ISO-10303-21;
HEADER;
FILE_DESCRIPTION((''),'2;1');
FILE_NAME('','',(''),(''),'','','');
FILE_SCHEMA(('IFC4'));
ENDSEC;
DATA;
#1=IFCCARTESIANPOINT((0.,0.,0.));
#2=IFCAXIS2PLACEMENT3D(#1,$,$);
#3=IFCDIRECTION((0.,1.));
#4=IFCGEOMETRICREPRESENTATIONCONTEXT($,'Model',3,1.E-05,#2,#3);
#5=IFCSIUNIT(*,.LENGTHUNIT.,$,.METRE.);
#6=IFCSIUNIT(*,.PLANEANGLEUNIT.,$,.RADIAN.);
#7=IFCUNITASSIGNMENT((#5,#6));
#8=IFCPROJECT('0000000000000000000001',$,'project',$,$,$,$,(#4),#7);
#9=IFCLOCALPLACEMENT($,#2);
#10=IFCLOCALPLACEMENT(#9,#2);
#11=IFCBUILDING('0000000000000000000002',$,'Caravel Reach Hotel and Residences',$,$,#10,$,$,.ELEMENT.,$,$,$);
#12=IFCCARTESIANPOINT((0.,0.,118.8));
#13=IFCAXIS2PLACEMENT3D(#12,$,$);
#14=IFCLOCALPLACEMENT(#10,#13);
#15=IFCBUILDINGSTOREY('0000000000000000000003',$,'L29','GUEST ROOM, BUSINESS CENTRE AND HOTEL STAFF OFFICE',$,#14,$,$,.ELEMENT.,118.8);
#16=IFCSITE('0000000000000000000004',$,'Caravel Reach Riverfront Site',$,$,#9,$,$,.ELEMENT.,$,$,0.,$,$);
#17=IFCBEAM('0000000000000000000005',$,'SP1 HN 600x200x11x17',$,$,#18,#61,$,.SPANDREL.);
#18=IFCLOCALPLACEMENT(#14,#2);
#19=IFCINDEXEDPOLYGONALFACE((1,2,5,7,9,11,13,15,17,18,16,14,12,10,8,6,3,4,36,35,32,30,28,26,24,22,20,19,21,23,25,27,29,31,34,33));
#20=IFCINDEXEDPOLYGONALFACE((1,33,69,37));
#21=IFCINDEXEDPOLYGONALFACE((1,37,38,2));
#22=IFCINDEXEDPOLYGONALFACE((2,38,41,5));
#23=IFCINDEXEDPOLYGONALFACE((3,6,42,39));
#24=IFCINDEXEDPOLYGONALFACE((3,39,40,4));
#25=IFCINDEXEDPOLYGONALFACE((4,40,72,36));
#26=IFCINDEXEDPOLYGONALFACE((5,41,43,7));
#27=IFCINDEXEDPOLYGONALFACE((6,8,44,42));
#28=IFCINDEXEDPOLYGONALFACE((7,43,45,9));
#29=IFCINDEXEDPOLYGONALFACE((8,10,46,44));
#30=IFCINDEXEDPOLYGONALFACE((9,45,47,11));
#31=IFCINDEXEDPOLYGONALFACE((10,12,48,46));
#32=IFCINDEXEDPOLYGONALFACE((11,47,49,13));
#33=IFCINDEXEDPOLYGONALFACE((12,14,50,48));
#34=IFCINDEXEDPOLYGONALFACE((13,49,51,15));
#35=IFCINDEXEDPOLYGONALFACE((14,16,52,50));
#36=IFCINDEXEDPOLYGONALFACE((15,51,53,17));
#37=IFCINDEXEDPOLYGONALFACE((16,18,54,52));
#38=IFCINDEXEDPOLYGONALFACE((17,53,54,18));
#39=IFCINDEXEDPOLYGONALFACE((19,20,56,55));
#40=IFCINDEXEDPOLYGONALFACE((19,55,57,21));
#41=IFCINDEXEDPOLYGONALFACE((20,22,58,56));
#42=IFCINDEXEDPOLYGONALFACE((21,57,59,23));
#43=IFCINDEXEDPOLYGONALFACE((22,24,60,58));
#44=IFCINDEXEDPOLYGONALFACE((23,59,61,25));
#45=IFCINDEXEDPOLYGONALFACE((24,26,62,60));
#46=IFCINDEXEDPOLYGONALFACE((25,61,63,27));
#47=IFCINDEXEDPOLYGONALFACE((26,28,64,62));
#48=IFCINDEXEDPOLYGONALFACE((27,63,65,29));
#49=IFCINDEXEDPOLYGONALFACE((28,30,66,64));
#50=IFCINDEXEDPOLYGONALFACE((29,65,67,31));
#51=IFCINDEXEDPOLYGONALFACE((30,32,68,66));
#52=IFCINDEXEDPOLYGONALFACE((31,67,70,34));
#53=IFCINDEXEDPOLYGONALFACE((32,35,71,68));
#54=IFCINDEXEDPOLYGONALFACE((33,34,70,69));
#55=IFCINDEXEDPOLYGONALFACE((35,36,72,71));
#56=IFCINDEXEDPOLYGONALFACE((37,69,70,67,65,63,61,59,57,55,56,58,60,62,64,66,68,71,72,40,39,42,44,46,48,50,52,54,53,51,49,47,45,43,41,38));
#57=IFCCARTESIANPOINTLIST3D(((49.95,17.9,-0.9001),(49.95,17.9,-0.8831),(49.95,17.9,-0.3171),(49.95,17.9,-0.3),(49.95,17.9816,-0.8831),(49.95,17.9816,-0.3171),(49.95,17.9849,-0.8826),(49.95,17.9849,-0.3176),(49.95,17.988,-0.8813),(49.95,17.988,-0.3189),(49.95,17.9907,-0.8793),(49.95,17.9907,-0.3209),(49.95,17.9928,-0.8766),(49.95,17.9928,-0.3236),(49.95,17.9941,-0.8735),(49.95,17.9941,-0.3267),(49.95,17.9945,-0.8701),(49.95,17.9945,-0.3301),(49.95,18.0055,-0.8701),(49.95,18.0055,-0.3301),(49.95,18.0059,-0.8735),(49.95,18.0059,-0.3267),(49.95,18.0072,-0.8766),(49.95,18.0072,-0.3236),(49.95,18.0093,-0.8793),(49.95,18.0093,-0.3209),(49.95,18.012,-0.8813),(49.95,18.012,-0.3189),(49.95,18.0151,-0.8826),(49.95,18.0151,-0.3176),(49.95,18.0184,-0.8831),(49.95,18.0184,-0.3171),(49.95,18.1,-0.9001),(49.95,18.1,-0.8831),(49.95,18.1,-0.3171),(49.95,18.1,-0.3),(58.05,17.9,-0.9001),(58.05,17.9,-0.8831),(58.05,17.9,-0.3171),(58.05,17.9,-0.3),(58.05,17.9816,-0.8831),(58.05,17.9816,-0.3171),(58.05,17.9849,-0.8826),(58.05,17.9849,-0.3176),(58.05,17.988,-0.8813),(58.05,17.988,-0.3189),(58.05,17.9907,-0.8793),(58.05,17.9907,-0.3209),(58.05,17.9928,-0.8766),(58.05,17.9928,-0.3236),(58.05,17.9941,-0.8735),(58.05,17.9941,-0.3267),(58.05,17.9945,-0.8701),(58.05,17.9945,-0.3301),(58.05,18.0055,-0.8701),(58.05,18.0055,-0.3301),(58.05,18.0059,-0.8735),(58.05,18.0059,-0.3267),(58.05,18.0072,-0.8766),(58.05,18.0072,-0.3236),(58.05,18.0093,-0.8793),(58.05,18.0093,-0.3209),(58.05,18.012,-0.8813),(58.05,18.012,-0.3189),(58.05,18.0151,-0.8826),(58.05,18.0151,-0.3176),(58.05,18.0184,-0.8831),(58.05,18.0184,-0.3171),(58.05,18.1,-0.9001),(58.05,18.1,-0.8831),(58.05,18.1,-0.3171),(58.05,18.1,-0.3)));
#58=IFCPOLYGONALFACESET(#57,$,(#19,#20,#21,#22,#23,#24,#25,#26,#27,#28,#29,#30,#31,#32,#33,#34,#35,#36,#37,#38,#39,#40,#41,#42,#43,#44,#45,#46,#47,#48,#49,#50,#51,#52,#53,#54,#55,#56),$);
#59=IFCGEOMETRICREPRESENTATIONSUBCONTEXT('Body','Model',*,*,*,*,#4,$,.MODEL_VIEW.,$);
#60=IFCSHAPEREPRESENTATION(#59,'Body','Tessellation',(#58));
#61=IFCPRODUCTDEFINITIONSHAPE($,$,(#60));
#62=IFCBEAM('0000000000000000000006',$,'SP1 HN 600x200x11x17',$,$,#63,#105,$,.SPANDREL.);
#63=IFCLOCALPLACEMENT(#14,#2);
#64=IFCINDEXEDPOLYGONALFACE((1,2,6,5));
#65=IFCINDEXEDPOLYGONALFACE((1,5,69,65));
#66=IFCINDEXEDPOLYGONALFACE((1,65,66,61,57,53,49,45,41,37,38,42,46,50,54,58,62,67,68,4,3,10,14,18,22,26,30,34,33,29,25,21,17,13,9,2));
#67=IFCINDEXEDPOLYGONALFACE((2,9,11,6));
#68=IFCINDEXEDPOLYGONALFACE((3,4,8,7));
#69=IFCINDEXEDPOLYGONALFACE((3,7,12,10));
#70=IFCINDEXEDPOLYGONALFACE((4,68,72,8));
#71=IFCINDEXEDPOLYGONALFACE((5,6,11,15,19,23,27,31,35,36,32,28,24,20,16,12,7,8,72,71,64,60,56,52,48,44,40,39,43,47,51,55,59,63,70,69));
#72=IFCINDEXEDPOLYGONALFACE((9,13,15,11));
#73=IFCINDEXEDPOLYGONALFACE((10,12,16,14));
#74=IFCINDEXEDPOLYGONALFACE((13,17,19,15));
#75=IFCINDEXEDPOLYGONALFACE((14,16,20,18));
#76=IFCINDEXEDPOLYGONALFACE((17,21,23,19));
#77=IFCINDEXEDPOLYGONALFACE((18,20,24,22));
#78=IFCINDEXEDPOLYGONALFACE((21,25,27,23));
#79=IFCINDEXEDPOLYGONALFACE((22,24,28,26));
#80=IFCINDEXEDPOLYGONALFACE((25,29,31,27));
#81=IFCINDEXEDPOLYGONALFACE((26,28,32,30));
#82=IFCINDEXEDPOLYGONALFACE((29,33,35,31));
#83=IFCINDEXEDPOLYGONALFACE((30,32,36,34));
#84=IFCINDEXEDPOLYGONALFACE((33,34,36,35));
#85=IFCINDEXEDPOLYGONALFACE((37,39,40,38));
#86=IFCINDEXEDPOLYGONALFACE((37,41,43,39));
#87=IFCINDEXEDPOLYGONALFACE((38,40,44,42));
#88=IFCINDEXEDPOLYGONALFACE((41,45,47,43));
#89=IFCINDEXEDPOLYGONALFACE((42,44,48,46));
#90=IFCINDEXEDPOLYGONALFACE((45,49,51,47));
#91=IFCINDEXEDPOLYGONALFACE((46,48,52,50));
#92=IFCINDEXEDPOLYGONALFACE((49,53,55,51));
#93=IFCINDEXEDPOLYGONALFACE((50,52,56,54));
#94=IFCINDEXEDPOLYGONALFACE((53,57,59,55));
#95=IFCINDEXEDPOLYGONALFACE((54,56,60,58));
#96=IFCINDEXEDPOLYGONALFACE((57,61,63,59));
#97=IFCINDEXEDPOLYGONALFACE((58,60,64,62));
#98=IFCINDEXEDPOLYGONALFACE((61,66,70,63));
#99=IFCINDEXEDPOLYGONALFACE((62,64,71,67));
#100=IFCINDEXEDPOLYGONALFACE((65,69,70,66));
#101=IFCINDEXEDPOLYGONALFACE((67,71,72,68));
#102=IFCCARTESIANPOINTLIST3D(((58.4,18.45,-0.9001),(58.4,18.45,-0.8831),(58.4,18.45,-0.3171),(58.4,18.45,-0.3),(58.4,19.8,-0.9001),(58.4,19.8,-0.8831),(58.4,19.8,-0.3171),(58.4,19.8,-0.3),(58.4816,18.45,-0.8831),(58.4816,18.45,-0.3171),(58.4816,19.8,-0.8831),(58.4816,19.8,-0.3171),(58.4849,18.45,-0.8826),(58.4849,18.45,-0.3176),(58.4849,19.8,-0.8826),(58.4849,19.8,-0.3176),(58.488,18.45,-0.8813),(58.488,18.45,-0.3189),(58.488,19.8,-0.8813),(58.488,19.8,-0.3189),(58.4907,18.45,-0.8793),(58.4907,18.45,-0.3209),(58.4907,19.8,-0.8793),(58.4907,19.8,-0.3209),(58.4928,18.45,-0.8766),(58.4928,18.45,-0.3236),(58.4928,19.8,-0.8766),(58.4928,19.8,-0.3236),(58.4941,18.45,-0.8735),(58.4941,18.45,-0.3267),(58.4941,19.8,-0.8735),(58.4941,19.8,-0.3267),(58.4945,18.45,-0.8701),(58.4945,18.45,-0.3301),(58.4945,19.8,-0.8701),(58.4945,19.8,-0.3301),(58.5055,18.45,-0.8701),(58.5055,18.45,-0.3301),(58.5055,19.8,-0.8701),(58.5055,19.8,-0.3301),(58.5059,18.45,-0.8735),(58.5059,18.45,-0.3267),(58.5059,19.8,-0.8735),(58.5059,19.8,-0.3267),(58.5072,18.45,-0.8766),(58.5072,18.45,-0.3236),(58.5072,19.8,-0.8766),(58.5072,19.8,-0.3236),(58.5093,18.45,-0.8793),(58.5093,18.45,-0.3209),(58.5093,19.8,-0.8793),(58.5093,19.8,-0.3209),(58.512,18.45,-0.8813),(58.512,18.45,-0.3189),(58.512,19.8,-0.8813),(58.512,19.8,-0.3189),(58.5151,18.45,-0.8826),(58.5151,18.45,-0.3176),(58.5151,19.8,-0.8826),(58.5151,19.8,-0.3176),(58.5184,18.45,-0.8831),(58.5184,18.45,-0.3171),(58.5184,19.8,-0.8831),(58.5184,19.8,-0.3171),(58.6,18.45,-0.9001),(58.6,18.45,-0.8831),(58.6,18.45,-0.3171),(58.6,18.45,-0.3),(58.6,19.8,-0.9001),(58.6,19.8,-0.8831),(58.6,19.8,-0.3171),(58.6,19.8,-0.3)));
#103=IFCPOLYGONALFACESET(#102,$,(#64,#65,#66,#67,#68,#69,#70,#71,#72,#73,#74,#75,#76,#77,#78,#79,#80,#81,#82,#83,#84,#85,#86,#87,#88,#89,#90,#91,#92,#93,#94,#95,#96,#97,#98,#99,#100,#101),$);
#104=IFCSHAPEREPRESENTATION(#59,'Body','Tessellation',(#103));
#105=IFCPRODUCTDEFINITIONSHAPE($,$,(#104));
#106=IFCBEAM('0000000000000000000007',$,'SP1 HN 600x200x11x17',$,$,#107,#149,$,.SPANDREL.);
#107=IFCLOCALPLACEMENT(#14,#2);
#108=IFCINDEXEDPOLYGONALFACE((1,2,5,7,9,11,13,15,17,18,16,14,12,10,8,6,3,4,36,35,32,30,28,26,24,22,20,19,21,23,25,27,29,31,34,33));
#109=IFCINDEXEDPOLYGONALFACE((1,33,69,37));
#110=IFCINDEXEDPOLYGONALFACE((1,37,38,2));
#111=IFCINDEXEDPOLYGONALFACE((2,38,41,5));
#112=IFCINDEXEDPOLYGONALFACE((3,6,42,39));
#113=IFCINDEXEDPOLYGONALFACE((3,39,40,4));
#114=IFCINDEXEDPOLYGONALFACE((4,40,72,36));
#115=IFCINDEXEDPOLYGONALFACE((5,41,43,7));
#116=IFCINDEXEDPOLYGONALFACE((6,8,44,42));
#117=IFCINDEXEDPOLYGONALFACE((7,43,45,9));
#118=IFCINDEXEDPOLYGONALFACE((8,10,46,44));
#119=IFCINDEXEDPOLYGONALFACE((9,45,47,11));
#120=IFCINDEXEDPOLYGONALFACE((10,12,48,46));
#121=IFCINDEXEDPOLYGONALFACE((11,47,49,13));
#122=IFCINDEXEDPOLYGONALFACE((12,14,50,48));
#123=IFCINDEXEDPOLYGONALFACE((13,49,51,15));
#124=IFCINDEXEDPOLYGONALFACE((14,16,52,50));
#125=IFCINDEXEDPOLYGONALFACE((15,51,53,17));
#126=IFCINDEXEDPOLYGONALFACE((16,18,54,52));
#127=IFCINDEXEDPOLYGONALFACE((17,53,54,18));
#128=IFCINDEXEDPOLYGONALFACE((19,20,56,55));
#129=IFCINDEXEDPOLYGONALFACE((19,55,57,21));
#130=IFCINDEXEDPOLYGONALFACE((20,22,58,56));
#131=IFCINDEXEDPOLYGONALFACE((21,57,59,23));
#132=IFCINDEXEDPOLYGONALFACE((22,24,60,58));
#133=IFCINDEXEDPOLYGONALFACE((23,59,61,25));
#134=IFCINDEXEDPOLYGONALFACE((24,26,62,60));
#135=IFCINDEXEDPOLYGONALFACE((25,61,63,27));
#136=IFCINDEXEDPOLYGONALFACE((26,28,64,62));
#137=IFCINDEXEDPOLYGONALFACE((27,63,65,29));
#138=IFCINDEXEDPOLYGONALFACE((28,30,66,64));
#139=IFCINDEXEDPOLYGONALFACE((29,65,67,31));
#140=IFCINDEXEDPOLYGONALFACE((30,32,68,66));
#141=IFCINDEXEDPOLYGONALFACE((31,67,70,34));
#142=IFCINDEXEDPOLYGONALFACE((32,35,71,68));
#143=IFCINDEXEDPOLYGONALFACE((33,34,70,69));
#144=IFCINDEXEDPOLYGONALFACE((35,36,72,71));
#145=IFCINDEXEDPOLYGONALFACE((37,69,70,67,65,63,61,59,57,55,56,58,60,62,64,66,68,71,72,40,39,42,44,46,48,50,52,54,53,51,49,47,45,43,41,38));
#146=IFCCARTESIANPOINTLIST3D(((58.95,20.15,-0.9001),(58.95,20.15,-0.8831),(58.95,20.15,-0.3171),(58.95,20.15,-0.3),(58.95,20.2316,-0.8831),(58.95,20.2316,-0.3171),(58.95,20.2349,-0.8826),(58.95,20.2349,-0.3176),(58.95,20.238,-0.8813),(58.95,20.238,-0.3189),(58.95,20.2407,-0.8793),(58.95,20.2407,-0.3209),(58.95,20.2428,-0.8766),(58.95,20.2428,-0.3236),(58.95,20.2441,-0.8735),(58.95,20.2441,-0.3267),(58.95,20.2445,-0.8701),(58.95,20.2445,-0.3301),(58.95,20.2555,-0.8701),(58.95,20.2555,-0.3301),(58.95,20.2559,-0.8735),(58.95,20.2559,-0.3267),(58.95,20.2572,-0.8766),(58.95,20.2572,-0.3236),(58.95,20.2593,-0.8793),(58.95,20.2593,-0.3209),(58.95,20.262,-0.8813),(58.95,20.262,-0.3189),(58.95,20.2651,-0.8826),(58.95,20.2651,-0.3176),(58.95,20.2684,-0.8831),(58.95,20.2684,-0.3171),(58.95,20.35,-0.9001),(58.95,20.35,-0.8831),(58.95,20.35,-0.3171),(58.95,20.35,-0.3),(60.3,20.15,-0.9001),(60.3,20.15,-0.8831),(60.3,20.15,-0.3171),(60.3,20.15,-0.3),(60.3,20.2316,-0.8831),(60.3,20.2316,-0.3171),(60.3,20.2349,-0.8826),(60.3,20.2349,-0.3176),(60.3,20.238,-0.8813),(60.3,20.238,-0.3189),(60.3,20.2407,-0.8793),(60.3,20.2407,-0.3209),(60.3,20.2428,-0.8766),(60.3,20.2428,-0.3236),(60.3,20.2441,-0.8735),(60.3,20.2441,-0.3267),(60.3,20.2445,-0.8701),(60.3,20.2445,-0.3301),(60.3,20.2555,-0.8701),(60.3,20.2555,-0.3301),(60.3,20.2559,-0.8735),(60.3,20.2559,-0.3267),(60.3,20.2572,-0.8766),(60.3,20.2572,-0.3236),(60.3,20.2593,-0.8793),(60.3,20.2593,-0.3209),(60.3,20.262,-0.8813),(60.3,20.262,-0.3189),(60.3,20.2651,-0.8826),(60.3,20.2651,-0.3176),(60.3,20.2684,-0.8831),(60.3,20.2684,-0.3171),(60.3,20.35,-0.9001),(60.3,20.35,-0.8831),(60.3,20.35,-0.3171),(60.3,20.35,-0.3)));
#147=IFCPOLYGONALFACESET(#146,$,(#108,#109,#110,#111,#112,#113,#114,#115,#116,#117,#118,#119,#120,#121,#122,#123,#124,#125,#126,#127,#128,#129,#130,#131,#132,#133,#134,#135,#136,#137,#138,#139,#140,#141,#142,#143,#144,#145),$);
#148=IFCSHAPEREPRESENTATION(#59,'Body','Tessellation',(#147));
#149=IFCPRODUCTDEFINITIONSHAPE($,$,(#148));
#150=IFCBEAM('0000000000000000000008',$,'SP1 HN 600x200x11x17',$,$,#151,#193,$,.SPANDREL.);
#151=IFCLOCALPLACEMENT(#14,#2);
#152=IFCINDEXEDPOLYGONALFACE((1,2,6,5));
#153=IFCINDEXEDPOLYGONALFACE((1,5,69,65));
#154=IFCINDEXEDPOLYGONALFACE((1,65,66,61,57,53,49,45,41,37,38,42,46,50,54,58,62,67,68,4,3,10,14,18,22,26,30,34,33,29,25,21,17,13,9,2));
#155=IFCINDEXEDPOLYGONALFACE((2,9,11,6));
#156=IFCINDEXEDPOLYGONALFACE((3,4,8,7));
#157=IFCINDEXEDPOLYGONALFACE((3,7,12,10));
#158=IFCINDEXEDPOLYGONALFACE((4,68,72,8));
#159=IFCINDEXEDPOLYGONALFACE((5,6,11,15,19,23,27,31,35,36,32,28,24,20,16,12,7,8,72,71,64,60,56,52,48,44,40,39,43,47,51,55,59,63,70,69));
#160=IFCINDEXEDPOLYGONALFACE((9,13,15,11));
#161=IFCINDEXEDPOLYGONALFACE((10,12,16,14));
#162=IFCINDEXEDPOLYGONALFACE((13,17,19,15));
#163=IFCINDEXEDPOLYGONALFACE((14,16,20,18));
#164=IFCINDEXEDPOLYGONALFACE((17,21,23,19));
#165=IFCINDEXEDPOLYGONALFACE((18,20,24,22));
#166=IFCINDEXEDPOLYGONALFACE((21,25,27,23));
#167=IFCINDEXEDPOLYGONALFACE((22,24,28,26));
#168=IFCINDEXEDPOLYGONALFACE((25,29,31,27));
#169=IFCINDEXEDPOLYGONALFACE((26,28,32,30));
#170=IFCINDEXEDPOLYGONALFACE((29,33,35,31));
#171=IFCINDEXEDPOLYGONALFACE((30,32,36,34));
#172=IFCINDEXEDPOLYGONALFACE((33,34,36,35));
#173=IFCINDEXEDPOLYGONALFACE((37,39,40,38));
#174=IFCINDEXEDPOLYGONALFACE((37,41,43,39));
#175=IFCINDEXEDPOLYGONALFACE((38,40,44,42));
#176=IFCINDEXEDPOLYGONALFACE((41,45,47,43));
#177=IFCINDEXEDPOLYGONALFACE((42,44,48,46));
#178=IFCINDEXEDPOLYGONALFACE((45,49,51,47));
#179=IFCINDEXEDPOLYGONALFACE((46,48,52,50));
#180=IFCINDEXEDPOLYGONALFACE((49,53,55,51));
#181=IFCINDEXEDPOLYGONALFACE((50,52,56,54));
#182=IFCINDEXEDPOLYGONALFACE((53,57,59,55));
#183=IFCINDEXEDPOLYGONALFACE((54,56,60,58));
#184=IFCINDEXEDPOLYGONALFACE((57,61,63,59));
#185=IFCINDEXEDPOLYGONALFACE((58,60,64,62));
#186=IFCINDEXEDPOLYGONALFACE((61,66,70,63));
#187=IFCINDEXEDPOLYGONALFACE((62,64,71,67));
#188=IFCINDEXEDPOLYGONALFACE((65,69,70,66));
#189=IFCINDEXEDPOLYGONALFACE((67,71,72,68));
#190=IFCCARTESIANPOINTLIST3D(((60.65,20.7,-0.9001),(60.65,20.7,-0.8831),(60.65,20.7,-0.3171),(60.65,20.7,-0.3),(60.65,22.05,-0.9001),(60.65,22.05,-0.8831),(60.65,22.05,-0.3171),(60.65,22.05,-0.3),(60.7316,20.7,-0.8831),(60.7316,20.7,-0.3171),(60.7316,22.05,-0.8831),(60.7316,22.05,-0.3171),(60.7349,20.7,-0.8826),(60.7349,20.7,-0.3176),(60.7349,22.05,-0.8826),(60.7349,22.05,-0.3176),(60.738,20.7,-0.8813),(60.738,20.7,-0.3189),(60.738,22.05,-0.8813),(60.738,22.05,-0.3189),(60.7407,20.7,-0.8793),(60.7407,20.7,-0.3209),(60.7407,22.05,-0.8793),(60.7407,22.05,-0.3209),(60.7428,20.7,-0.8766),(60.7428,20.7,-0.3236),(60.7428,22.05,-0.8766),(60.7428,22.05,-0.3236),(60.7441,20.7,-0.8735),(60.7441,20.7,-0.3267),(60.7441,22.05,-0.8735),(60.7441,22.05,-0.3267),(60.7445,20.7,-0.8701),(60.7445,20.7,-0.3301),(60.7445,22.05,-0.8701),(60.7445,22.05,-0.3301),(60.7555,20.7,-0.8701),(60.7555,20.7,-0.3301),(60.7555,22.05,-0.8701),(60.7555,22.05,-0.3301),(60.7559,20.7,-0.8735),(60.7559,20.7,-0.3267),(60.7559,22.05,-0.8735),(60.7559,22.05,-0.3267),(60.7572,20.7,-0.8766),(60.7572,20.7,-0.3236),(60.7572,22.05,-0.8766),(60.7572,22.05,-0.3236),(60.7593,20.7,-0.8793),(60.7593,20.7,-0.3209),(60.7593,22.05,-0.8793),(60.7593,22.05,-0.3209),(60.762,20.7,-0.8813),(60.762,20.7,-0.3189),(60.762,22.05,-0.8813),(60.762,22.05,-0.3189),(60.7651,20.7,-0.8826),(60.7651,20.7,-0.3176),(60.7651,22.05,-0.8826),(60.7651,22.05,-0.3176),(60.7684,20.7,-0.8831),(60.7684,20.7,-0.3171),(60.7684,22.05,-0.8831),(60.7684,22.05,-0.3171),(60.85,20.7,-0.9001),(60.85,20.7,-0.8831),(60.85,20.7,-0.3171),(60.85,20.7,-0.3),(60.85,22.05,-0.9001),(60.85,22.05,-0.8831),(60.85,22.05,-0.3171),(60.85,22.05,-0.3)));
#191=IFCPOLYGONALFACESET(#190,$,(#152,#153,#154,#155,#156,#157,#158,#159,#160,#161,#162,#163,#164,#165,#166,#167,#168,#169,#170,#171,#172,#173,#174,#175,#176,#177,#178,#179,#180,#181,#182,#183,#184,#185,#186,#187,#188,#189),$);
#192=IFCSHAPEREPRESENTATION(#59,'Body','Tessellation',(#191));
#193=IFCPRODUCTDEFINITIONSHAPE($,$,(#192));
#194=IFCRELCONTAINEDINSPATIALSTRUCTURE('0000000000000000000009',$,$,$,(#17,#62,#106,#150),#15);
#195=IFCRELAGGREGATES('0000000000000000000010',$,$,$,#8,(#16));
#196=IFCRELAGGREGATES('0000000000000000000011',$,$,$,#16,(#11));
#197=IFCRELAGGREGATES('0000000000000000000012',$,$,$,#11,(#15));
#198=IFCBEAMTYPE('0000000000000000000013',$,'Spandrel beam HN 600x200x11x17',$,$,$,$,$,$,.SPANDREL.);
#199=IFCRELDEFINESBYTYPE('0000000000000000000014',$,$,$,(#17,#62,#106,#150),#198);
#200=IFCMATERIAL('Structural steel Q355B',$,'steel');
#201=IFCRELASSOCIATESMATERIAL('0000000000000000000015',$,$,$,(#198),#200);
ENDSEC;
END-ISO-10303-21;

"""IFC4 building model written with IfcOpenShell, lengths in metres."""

from ifc_helpers import new_model, si_unit, direction, frame, origin, origin_2d, place, context, subcontext, project, spatial, i_section, extrude, material, material_profile, profile_set, type_object, element, save


model = new_model("IFC4")

# Units and contexts
model_context = context("Model", 3, precision=1e-05, world=origin(), true_north=direction((0.0, 1.0)))
body_context = subcontext(model_context, "Body", "Model", "MODEL_VIEW")
ifc_project = project(units=[si_unit("LENGTHUNIT", "METRE"), si_unit("PLANEANGLEUNIT", "RADIAN")], contexts=[model_context])

# Site, building, storey
site_placement = place(None, origin())
site = spatial("IfcSite", under=ifc_project, at=site_placement, Name="Caravel Reach Riverfront Site", CompositionType="ELEMENT", RefElevation=0.0)
building_placement = place(site_placement, origin())
building = spatial("IfcBuilding", under=site, at=building_placement, Name="Caravel Reach Hotel and Residences", CompositionType="ELEMENT")
storey_placement = place(building_placement, frame((0.0, 0.0, 118.8)))
storey = spatial("IfcBuildingStorey", under=building, at=storey_placement, Name="L29", Description="GUEST ROOM, BUSINESS CENTRE AND HOTEL STAFF OFFICE", CompositionType="ELEMENT", Elevation=118.8)

# Beams
ifc_material_1 = material(Name="Structural steel Q355B", Category="steel")
ifc_material_profile_1 = material_profile(ifc_material_1, i_section(OverallWidth=0.2, OverallDepth=0.6001, WebThickness=0.011, FlangeThickness=0.0171, FilletRadius=0.0129, at=origin_2d()), Name="HN 600x200x11x17")
ifc_profile_set_1 = profile_set([ifc_material_profile_1], Name="Structural steel Q355B")
beam_type_1 = type_object("IfcBeamType", Name="Spandrel beam HN 600x200x11x17", PredefinedType="SPANDREL", material=ifc_profile_set_1)
beam_1_placement = place(storey_placement, frame((49.95, 18.0, -0.6001), z_axis=(1.0, 0.0, 0.0), x_axis=(0.0, 1.0, 0.0)))
element("IfcBeam", 1, at=beam_1_placement, inside=storey, type_object=beam_type_1, Name="SP1 HN 600x200x11x17", PredefinedType="SPANDREL", context=body_context, shape_type="SweptSolid", body=[
    extrude(i_section(OverallWidth=0.2, OverallDepth=0.6001, WebThickness=0.011, FlangeThickness=0.0171, FilletRadius=0.0129, at=origin_2d()), origin(), (0.0, 0.0, 1.0), 8.1001),
])
for number, where, z_axis, x_axis, name in (
    (2, (58.5, 18.45, -0.6001), (0.0, 1.0, 0.0), (-1.0, 0.0, 0.0), "SP1 HN 600x200x11x17"),
    (3, (58.95, 20.25, -0.6001), (1.0, 0.0, 0.0), (0.0, 1.0, 0.0), "SP1 HN 600x200x11x17"),
    (4, (60.75, 20.7, -0.6001), (0.0, 1.0, 0.0), (-1.0, 0.0, 0.0), "SP1 HN 600x200x11x17"),
):
    element("IfcBeam", number, at=place(storey_placement, frame(where, z_axis=z_axis, x_axis=x_axis)), inside=storey, type_object=beam_type_1, Name=name, PredefinedType="SPANDREL", context=body_context, shape_type="SweptSolid", body=[
        extrude(i_section(OverallWidth=0.2, OverallDepth=0.6001, WebThickness=0.011, FlangeThickness=0.0171, FilletRadius=0.0129, at=origin_2d()), origin(), (0.0, 0.0, 1.0), 1.3501),
    ])

save(model, "model.ifc")
